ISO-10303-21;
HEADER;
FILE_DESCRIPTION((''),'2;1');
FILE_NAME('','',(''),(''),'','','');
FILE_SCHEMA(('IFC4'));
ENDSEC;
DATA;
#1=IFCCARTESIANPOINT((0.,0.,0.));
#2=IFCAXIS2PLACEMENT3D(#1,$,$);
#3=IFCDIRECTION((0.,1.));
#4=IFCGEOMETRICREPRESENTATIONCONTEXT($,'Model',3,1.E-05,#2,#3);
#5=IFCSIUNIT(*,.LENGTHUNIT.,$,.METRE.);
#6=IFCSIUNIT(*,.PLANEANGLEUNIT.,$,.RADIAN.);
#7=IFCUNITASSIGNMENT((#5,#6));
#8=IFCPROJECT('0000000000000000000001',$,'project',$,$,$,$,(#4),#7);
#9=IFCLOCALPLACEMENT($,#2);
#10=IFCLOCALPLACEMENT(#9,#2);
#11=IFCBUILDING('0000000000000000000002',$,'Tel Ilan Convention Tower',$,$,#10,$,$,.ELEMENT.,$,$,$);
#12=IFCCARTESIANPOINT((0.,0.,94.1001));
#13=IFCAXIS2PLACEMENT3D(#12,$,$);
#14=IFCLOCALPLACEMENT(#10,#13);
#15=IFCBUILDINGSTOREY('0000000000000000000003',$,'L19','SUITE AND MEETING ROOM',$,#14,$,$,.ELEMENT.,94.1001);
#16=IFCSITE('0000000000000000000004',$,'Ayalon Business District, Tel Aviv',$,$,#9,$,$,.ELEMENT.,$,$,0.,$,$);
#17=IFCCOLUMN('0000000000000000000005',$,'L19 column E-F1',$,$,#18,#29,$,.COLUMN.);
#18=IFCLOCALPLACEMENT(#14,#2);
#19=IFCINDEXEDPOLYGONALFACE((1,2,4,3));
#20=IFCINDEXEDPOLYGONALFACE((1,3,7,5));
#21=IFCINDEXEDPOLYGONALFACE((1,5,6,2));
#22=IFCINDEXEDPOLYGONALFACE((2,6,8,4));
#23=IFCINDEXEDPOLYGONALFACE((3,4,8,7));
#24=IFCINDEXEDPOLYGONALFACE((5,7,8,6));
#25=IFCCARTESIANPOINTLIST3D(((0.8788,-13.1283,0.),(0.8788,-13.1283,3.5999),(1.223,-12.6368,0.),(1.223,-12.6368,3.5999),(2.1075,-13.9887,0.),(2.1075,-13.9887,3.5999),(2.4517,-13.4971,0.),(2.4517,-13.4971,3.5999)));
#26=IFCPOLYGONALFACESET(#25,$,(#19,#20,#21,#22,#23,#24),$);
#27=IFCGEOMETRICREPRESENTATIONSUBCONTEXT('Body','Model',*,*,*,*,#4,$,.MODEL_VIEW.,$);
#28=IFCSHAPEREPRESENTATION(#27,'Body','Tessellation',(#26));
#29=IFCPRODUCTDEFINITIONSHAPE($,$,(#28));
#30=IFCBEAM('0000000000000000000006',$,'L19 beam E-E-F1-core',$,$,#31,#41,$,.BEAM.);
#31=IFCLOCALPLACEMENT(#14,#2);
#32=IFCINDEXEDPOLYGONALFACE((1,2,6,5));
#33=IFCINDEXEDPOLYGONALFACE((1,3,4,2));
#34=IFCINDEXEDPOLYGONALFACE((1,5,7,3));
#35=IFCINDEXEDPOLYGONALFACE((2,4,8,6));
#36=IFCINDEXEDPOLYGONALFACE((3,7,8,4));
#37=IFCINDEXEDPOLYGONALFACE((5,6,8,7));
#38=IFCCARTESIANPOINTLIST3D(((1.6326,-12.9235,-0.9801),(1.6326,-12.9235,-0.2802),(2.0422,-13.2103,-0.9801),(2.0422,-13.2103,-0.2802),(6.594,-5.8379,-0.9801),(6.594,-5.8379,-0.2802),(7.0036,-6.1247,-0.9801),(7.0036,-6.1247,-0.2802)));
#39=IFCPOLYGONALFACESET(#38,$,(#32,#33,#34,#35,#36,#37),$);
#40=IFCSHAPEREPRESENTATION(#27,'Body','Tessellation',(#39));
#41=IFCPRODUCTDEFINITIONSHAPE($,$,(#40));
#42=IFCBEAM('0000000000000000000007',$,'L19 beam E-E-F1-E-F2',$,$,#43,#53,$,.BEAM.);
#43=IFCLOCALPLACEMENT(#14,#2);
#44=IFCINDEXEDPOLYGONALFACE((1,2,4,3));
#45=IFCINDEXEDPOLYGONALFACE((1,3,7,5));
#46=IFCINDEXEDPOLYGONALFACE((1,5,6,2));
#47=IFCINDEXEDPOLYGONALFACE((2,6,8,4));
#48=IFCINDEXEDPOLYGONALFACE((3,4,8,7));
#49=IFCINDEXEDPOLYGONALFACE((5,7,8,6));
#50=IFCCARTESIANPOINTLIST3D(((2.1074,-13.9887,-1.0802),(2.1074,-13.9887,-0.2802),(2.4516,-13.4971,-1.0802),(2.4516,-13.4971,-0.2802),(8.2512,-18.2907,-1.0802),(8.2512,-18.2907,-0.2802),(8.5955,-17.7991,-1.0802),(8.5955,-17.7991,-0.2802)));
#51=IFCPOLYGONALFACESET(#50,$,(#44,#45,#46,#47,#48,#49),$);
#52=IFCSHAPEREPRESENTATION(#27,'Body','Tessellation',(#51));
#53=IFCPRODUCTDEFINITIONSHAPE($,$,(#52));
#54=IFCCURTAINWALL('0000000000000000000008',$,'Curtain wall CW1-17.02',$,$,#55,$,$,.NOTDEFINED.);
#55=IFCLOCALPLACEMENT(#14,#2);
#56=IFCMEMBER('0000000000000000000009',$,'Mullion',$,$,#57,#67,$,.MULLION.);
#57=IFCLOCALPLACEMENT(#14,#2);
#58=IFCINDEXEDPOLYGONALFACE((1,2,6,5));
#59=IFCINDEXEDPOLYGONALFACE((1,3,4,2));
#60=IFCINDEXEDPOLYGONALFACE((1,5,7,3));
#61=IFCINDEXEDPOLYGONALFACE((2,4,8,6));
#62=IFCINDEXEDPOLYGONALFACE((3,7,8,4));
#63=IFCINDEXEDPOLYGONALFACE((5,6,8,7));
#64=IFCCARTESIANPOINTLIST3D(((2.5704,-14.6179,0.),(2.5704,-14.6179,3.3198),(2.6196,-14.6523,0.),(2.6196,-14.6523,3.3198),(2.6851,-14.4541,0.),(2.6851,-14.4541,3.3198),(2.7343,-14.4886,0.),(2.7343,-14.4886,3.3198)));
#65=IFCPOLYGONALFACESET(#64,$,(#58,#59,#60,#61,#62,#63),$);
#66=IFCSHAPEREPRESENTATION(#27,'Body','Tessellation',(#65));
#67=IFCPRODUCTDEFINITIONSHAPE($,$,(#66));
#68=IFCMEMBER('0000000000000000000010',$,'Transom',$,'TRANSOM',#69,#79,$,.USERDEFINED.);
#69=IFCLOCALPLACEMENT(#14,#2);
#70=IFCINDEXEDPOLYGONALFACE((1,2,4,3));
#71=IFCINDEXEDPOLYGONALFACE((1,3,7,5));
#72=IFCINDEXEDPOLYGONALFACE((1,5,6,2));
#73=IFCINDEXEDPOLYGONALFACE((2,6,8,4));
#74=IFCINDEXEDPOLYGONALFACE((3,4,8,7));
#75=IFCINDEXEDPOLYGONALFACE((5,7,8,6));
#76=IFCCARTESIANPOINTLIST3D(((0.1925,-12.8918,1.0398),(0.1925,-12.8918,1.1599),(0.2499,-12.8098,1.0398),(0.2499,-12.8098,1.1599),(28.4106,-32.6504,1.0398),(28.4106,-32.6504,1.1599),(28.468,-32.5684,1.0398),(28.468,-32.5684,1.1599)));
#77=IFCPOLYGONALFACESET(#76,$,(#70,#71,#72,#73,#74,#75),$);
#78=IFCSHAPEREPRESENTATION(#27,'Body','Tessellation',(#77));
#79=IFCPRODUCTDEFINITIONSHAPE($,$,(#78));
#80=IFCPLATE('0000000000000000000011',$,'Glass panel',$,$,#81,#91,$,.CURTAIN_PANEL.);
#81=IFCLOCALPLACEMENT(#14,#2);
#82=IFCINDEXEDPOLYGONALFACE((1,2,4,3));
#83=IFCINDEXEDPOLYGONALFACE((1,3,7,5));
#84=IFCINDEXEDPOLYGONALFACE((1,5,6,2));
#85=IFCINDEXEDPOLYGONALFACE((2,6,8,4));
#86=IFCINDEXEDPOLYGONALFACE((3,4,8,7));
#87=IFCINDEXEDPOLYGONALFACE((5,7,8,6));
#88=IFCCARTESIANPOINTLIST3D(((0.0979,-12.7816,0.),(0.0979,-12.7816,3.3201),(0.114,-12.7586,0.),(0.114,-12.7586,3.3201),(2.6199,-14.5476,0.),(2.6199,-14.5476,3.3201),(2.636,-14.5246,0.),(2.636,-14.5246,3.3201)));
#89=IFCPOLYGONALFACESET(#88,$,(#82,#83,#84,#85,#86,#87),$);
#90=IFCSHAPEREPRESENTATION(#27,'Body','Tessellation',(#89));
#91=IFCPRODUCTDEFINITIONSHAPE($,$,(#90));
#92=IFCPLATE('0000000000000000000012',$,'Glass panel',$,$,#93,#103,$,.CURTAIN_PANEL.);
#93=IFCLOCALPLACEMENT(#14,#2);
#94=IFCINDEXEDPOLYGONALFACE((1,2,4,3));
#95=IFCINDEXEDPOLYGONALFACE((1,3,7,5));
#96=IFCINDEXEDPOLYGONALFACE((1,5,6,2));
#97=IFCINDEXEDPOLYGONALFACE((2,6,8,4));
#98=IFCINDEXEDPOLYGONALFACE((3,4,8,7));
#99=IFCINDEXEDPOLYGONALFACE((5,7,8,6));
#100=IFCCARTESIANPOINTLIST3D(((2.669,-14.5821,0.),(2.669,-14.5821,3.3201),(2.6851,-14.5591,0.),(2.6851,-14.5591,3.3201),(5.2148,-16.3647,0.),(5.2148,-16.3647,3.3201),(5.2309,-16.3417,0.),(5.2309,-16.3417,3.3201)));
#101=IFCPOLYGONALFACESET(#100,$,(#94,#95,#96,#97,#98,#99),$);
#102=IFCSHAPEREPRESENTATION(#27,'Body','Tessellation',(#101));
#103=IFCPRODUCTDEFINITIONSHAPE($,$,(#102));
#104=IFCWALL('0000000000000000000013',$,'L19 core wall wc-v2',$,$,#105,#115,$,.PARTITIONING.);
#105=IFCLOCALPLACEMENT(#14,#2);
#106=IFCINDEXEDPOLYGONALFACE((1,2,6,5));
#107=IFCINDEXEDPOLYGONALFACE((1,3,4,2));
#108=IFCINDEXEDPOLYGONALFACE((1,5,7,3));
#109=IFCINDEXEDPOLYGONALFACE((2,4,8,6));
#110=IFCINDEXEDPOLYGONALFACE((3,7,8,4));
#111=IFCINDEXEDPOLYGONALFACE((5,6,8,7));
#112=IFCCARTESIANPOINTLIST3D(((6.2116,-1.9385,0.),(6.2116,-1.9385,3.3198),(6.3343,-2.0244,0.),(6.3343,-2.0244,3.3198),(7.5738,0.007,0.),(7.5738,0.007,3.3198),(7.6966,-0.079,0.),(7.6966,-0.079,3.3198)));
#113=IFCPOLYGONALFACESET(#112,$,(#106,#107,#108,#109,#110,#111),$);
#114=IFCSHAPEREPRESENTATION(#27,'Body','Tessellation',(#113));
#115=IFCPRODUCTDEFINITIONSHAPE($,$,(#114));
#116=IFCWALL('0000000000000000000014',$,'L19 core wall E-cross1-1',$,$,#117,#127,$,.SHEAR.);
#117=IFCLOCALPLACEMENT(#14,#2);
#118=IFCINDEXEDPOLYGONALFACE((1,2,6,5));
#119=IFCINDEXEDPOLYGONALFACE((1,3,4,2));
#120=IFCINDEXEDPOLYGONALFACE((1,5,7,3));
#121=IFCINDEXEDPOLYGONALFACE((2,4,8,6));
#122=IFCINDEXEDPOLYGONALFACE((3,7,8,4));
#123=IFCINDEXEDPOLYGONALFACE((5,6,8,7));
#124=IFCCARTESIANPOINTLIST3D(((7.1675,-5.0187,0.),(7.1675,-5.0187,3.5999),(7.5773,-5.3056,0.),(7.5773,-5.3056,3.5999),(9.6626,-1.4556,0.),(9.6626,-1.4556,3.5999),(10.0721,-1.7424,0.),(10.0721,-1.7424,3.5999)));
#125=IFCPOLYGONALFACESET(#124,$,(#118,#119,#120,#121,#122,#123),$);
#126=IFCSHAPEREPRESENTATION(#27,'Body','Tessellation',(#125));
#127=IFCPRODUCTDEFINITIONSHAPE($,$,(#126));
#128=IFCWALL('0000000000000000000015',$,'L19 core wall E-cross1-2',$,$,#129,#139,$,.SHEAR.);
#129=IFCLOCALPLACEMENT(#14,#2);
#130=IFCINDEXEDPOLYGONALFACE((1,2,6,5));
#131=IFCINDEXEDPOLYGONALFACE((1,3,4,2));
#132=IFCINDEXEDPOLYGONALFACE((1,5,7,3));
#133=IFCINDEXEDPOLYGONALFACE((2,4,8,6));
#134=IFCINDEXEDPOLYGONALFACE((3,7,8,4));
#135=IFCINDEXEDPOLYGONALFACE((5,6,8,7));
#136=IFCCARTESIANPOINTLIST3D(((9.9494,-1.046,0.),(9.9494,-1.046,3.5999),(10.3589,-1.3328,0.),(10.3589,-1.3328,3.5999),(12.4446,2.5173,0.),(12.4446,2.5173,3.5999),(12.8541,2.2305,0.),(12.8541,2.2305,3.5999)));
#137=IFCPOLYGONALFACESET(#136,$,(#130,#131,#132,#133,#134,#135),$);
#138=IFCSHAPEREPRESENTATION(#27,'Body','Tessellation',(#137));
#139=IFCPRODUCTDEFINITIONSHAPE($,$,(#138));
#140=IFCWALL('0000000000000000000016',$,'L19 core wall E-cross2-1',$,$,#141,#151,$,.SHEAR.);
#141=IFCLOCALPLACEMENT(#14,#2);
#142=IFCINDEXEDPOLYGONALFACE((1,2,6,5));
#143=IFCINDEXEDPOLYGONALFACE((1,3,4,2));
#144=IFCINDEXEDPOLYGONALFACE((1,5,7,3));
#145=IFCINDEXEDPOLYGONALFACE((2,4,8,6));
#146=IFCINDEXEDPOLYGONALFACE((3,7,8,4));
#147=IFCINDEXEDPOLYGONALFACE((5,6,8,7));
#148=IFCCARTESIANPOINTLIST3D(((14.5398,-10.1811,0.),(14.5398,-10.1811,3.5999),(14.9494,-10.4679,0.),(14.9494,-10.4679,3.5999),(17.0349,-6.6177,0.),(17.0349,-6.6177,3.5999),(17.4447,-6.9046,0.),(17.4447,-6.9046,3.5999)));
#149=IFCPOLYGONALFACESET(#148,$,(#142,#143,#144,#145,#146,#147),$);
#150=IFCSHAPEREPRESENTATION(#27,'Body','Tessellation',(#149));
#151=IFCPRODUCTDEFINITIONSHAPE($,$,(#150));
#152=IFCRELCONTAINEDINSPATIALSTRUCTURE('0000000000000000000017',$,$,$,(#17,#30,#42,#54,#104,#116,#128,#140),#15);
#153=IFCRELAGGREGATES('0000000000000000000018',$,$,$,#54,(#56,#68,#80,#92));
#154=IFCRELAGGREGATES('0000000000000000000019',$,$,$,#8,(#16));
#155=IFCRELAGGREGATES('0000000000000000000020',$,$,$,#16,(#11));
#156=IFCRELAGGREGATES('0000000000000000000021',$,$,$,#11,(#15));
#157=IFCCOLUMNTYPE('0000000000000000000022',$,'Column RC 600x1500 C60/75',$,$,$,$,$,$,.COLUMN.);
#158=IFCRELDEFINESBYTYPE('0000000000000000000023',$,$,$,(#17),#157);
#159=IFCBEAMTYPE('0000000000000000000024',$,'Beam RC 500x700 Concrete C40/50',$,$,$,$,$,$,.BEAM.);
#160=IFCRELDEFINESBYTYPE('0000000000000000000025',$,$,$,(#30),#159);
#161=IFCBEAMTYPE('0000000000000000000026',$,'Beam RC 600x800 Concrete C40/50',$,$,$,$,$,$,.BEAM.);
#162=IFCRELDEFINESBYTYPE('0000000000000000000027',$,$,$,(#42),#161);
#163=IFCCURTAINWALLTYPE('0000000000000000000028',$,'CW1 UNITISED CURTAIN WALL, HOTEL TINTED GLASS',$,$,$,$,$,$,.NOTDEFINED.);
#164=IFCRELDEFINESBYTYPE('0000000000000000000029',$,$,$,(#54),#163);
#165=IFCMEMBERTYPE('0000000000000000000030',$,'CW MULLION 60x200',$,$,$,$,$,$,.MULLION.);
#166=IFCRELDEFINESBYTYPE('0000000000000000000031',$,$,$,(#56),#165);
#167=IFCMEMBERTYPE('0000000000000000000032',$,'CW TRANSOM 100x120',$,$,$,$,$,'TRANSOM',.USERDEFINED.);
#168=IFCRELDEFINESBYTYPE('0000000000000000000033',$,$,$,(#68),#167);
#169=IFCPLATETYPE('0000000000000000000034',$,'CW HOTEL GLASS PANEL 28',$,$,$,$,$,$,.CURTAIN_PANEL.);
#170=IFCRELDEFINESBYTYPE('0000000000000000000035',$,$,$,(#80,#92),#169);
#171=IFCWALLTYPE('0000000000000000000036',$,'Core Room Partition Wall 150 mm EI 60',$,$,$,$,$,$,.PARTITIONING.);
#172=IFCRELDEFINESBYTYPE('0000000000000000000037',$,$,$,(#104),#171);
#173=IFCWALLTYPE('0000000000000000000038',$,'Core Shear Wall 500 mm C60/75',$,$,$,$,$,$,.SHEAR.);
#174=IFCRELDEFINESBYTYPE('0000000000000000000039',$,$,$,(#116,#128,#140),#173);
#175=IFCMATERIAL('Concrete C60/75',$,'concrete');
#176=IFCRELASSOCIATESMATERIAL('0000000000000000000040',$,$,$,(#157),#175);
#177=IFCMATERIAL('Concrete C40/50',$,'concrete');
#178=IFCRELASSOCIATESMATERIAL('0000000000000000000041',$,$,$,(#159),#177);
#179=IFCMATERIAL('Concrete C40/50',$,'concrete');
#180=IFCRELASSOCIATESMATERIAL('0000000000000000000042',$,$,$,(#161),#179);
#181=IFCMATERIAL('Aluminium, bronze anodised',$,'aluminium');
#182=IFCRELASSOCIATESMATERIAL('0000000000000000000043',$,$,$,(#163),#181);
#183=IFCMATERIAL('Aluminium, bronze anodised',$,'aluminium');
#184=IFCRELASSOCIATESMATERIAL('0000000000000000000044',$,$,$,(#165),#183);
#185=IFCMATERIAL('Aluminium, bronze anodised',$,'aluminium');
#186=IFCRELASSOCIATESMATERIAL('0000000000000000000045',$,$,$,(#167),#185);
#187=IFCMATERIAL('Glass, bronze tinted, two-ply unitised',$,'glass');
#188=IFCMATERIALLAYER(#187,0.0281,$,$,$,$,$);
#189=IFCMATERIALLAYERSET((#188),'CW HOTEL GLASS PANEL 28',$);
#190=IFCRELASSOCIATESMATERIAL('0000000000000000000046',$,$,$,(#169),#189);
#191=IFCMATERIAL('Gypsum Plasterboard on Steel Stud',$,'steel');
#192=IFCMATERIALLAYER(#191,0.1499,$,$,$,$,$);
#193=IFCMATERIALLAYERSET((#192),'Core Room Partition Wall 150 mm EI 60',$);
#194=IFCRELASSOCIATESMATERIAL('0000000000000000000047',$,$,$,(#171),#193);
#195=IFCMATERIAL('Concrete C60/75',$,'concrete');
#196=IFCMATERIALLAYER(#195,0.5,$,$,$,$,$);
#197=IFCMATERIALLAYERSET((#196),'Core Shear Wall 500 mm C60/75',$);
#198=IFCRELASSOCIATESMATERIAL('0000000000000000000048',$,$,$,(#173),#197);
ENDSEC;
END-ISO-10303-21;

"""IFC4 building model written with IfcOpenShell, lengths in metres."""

from ifc_helpers import new_model, si_unit, direction, frame, frame_2d, origin, origin_2d, place, context, subcontext, project, spatial, polyline, rectangle, outline, extrude, material, layer, layer_set, material_profile, profile_set, type_object, element, aggregate, save


model = new_model("IFC4")

# Units and contexts
model_context = context("Model", 3, precision=1e-05, world=origin(), true_north=direction((0.0, 1.0)))
body_context = subcontext(model_context, "Body", "Model", "MODEL_VIEW")
ifc_project = project(units=[si_unit("LENGTHUNIT", "METRE"), si_unit("PLANEANGLEUNIT", "RADIAN")], contexts=[model_context])

# Site, building, storey
site_placement = place(None, origin())
site = spatial("IfcSite", under=ifc_project, at=site_placement, Name="Ayalon Business District, Tel Aviv", CompositionType="ELEMENT", RefElevation=0.0)
building_placement = place(site_placement, origin())
building = spatial("IfcBuilding", under=site, at=building_placement, Name="Tel Ilan Convention Tower", CompositionType="ELEMENT")
storey_placement = place(building_placement, frame((0.0, 0.0, 94.1001)))
storey = spatial("IfcBuildingStorey", under=building, at=storey_placement, Name="L19", Description="SUITE AND MEETING ROOM", CompositionType="ELEMENT", Elevation=94.1001)

# Column
ifc_material_1 = material(Name="Concrete C60/75", Category="concrete")
ifc_material_profile_1 = material_profile(ifc_material_1, rectangle(XDim=1.5, YDim=0.6001, at=origin_2d()), Name="RC 600x1500")
ifc_profile_set_1 = profile_set([ifc_material_profile_1], Name="Concrete C60/75")
column_type = type_object("IfcColumnType", Name="Column RC 600x1500 C60/75", PredefinedType="COLUMN", material=ifc_profile_set_1)
column_placement = place(storey_placement, frame((1.6653, -13.3127, 0.0), z_axis=(0.0, 0.0, 1.0), x_axis=(0.819152, -0.573576, 0.0)))
element("IfcColumn", 1, at=column_placement, inside=storey, type_object=column_type, Name="L19 column E-F1", PredefinedType="COLUMN", context=body_context, shape_type="SweptSolid", body=[
    extrude(rectangle(XDim=1.5, YDim=0.6001, at=origin_2d()), origin(), (0.0, 0.0, 1.0), 3.5999),
])

# Beams
ifc_material_2 = material(Name="Concrete C40/50", Category="concrete")
ifc_material_profile_2 = material_profile(ifc_material_2, rectangle(XDim=0.5, YDim=0.7, at=origin_2d()), Name="RC 500x700")
ifc_profile_set_2 = profile_set([ifc_material_profile_2], Name="Concrete C40/50")
beam_type_1 = type_object("IfcBeamType", Name="Beam RC 500x700 Concrete C40/50", PredefinedType="BEAM", material=ifc_profile_set_2)
beam_1_placement = place(storey_placement, frame((1.8374, -13.0669, -0.6301), z_axis=(0.573574, 0.819154, 0.0), x_axis=(-0.819154, 0.573574, 0.0)))
element("IfcBeam", 2, at=beam_1_placement, inside=storey, type_object=beam_type_1, Name="L19 beam E-E-F1-core", PredefinedType="BEAM", context=body_context, shape_type="SweptSolid", body=[
    extrude(rectangle(XDim=0.5, YDim=0.7, at=origin_2d()), origin(), (0.0, 0.0, 1.0), 8.6499),
])
ifc_material_3 = material(Name="Concrete C40/50", Category="concrete")
ifc_material_profile_3 = material_profile(ifc_material_3, rectangle(XDim=0.6001, YDim=0.8, at=origin_2d()), Name="RC 600x800")
ifc_profile_set_3 = profile_set([ifc_material_profile_3], Name="Concrete C40/50")
beam_type_2 = type_object("IfcBeamType", Name="Beam RC 600x800 Concrete C40/50", PredefinedType="BEAM", material=ifc_profile_set_3)
beam_2_placement = place(storey_placement, frame((2.2795, -13.7429, -0.6802), z_axis=(0.819148, -0.573582, 0.0), x_axis=(0.573582, 0.819148, 0.0)))
element("IfcBeam", 3, at=beam_2_placement, inside=storey, type_object=beam_type_2, Name="L19 beam E-E-F1-E-F2", PredefinedType="BEAM", context=body_context, shape_type="SweptSolid", body=[
    extrude(rectangle(XDim=0.6001, YDim=0.8, at=origin_2d()), origin(), (0.0, 0.0, 1.0), 7.5002),
])

# Curtain wall, members, plates
ifc_material_4 = material(Name="Aluminium, bronze anodised", Category="aluminium")
curtain_wall_type = type_object("IfcCurtainWallType", Name="CW1 UNITISED CURTAIN WALL, HOTEL TINTED GLASS", PredefinedType="NOTDEFINED", material=ifc_material_4)
curtain_wall_placement = place(storey_placement, origin())
curtain_wall = element("IfcCurtainWall", 4, at=curtain_wall_placement, inside=storey, type_object=curtain_wall_type, Name="Curtain wall CW1-17.02", PredefinedType="NOTDEFINED")
ifc_material_5 = material(Name="Aluminium, bronze anodised", Category="aluminium")
ifc_material_profile_4 = material_profile(ifc_material_5, rectangle(XDim=0.0601, YDim=0.2, at=origin_2d()), Name="CW MULLION 60x200")
ifc_profile_set_4 = profile_set([ifc_material_profile_4], Name="Aluminium, bronze anodised")
member_type_1 = type_object("IfcMemberType", Name="CW MULLION 60x200", PredefinedType="MULLION", material=ifc_profile_set_4)
member_1_placement = place(storey_placement, frame((2.6523, -14.5532, 0.0), z_axis=(0.0, 0.0, 1.0), x_axis=(0.819152, -0.573576, 0.0)))
member_1 = element("IfcMember", 5, at=member_1_placement, type_object=member_type_1, Name="Mullion", PredefinedType="MULLION", context=body_context, shape_type="SweptSolid", body=[
    extrude(rectangle(XDim=0.0601, YDim=0.2, at=origin_2d()), origin(), (0.0, 0.0, 1.0), 3.3198),
])
ifc_material_6 = material(Name="Aluminium, bronze anodised", Category="aluminium")
ifc_material_profile_5 = material_profile(ifc_material_6, rectangle(XDim=0.1001, YDim=0.1201, at=origin_2d()), Name="CW TRANSOM 100x120")
ifc_profile_set_5 = profile_set([ifc_material_profile_5], Name="Aluminium, bronze anodised")
member_type_2 = type_object("IfcMemberType", Name="CW TRANSOM 100x120", ElementType="TRANSOM", PredefinedType="USERDEFINED", material=ifc_profile_set_5)
member_2_placement = place(storey_placement, frame((0.2212, -12.8508, 1.0999), z_axis=(0.819151, -0.573578, 0.0), x_axis=(0.573578, 0.819151, 0.0)))
member_2 = element("IfcMember", 6, at=member_2_placement, type_object=member_type_2, Name="Transom", ObjectType="TRANSOM", PredefinedType="USERDEFINED", context=body_context, shape_type="SweptSolid", body=[
    extrude(rectangle(XDim=0.1001, YDim=0.1201, at=origin_2d()), origin(), (0.0, 0.0, 1.0), 34.448),
])
ifc_material_7 = material(Name="Glass, bronze tinted, two-ply unitised", Category="glass")
ifc_layer_1 = layer(ifc_material_7, 0.0281)
ifc_layer_set_1 = layer_set([ifc_layer_1], Name="CW HOTEL GLASS PANEL 28")
plate_type = type_object("IfcPlateType", Name="CW HOTEL GLASS PANEL 28", PredefinedType="CURTAIN_PANEL", material=ifc_layer_set_1)
plate_1_placement = place(storey_placement, frame((1.3669, -13.6531, 0.0), z_axis=(0.0, 0.0, 1.0), x_axis=(0.819152, -0.573576, 0.0)))
plate_1 = element("IfcPlate", 7, at=plate_1_placement, type_object=plate_type, Name="Glass panel", PredefinedType="CURTAIN_PANEL", context=body_context, shape_type="SweptSolid", body=[
    extrude(rectangle(XDim=3.0789, YDim=0.0281, at=origin_2d()), origin(), (0.0, 0.0, 1.0), 3.3201),
])
plate_2_placement = place(storey_placement, frame((3.95, -15.4619, 0.0), z_axis=(0.0, 0.0, 1.0), x_axis=(0.819152, -0.573576, 0.0)))
plate_2 = element("IfcPlate", 8, at=plate_2_placement, type_object=plate_type, Name="Glass panel", PredefinedType="CURTAIN_PANEL", context=body_context, shape_type="SweptSolid", body=[
    extrude(rectangle(XDim=3.1079, YDim=0.0281, at=origin_2d()), origin(), (0.0, 0.0, 1.0), 3.3201),
])
aggregate(curtain_wall, [member_1, member_2, plate_1, plate_2])

# Walls
ifc_material_8 = material(Name="Gypsum Plasterboard on Steel Stud", Category="steel")
ifc_layer_2 = layer(ifc_material_8, 0.1499)
ifc_layer_set_2 = layer_set([ifc_layer_2], Name="Core Room Partition Wall 150 mm EI 60")
wall_type_1 = type_object("IfcWallType", Name="Core Room Partition Wall 150 mm EI 60", PredefinedType="PARTITIONING", material=ifc_layer_set_2)
wall_1_placement = place(storey_placement, frame((6.2729, -1.9814, 0.0), z_axis=(0.0, 0.0, 1.0), x_axis=(0.57358, 0.81915, 0.0)))
element("IfcWall", 9, at=wall_1_placement, inside=storey, type_object=wall_type_1, Name="L19 core wall wc-v2", PredefinedType="PARTITIONING", context=body_context, shape_type="SweptSolid", body=[
    extrude(rectangle(XDim=2.375, YDim=0.1499, at=frame_2d((1.1875, 0.0))), origin(), (0.0, 0.0, 1.0), 3.3198),
])
ifc_material_9 = material(Name="Concrete C60/75", Category="concrete")
ifc_layer_3 = layer(ifc_material_9, 0.5)
ifc_layer_set_3 = layer_set([ifc_layer_3], Name="Core Shear Wall 500 mm C60/75")
wall_type_2 = type_object("IfcWallType", Name="Core Shear Wall 500 mm C60/75", PredefinedType="SHEAR", material=ifc_layer_set_3)
wall_2_placement = place(storey_placement, frame((7.3723, -5.1621, 0.0), z_axis=(0.0, 0.0, 1.0), x_axis=(0.573594, 0.81914, 0.0)))
element("IfcWall", 10, at=wall_2_placement, inside=storey, type_object=wall_type_2, Name="L19 core wall E-cross1-1", PredefinedType="SHEAR", context=body_context, shape_type="SweptSolid", body=[
    extrude(outline(polyline([(0.0, 0.25), (0.0, -0.2502), (4.3499, -0.25), (4.3499, 0.25), (0.0, 0.25)])), origin(), (0.0, 0.0, 1.0), 3.5999),
])
wall_3_placement = place(storey_placement, frame((10.1543, -1.1892, 0.0), z_axis=(0.0, 0.0, 1.0), x_axis=(0.573594, 0.81914, 0.0)))
element("IfcWall", 11, at=wall_3_placement, inside=storey, type_object=wall_type_2, Name="L19 core wall E-cross1-2", PredefinedType="SHEAR", context=body_context, shape_type="SweptSolid", body=[
    extrude(outline(polyline([(4.3499, -0.25), (4.3499, 0.25), (-0.0002, 0.25), (-0.0002, -0.25), (4.3499, -0.25)])), origin(), (0.0, 0.0, 1.0), 3.5999),
])
wall_4_placement = place(storey_placement, frame((14.7446, -10.3245, 0.0), z_axis=(0.0, 0.0, 1.0), x_axis=(0.573568, 0.819158, 0.0)))
element("IfcWall", 12, at=wall_4_placement, inside=storey, type_object=wall_type_2, Name="L19 core wall E-cross2-1", PredefinedType="SHEAR", context=body_context, shape_type="SweptSolid", body=[
    extrude(outline(polyline([(0.0, 0.25), (0.0, -0.25), (4.3501, -0.2502), (4.3501, 0.25), (0.0, 0.25)])), origin(), (0.0, 0.0, 1.0), 3.5999),
])

save(model, "model.ifc")
